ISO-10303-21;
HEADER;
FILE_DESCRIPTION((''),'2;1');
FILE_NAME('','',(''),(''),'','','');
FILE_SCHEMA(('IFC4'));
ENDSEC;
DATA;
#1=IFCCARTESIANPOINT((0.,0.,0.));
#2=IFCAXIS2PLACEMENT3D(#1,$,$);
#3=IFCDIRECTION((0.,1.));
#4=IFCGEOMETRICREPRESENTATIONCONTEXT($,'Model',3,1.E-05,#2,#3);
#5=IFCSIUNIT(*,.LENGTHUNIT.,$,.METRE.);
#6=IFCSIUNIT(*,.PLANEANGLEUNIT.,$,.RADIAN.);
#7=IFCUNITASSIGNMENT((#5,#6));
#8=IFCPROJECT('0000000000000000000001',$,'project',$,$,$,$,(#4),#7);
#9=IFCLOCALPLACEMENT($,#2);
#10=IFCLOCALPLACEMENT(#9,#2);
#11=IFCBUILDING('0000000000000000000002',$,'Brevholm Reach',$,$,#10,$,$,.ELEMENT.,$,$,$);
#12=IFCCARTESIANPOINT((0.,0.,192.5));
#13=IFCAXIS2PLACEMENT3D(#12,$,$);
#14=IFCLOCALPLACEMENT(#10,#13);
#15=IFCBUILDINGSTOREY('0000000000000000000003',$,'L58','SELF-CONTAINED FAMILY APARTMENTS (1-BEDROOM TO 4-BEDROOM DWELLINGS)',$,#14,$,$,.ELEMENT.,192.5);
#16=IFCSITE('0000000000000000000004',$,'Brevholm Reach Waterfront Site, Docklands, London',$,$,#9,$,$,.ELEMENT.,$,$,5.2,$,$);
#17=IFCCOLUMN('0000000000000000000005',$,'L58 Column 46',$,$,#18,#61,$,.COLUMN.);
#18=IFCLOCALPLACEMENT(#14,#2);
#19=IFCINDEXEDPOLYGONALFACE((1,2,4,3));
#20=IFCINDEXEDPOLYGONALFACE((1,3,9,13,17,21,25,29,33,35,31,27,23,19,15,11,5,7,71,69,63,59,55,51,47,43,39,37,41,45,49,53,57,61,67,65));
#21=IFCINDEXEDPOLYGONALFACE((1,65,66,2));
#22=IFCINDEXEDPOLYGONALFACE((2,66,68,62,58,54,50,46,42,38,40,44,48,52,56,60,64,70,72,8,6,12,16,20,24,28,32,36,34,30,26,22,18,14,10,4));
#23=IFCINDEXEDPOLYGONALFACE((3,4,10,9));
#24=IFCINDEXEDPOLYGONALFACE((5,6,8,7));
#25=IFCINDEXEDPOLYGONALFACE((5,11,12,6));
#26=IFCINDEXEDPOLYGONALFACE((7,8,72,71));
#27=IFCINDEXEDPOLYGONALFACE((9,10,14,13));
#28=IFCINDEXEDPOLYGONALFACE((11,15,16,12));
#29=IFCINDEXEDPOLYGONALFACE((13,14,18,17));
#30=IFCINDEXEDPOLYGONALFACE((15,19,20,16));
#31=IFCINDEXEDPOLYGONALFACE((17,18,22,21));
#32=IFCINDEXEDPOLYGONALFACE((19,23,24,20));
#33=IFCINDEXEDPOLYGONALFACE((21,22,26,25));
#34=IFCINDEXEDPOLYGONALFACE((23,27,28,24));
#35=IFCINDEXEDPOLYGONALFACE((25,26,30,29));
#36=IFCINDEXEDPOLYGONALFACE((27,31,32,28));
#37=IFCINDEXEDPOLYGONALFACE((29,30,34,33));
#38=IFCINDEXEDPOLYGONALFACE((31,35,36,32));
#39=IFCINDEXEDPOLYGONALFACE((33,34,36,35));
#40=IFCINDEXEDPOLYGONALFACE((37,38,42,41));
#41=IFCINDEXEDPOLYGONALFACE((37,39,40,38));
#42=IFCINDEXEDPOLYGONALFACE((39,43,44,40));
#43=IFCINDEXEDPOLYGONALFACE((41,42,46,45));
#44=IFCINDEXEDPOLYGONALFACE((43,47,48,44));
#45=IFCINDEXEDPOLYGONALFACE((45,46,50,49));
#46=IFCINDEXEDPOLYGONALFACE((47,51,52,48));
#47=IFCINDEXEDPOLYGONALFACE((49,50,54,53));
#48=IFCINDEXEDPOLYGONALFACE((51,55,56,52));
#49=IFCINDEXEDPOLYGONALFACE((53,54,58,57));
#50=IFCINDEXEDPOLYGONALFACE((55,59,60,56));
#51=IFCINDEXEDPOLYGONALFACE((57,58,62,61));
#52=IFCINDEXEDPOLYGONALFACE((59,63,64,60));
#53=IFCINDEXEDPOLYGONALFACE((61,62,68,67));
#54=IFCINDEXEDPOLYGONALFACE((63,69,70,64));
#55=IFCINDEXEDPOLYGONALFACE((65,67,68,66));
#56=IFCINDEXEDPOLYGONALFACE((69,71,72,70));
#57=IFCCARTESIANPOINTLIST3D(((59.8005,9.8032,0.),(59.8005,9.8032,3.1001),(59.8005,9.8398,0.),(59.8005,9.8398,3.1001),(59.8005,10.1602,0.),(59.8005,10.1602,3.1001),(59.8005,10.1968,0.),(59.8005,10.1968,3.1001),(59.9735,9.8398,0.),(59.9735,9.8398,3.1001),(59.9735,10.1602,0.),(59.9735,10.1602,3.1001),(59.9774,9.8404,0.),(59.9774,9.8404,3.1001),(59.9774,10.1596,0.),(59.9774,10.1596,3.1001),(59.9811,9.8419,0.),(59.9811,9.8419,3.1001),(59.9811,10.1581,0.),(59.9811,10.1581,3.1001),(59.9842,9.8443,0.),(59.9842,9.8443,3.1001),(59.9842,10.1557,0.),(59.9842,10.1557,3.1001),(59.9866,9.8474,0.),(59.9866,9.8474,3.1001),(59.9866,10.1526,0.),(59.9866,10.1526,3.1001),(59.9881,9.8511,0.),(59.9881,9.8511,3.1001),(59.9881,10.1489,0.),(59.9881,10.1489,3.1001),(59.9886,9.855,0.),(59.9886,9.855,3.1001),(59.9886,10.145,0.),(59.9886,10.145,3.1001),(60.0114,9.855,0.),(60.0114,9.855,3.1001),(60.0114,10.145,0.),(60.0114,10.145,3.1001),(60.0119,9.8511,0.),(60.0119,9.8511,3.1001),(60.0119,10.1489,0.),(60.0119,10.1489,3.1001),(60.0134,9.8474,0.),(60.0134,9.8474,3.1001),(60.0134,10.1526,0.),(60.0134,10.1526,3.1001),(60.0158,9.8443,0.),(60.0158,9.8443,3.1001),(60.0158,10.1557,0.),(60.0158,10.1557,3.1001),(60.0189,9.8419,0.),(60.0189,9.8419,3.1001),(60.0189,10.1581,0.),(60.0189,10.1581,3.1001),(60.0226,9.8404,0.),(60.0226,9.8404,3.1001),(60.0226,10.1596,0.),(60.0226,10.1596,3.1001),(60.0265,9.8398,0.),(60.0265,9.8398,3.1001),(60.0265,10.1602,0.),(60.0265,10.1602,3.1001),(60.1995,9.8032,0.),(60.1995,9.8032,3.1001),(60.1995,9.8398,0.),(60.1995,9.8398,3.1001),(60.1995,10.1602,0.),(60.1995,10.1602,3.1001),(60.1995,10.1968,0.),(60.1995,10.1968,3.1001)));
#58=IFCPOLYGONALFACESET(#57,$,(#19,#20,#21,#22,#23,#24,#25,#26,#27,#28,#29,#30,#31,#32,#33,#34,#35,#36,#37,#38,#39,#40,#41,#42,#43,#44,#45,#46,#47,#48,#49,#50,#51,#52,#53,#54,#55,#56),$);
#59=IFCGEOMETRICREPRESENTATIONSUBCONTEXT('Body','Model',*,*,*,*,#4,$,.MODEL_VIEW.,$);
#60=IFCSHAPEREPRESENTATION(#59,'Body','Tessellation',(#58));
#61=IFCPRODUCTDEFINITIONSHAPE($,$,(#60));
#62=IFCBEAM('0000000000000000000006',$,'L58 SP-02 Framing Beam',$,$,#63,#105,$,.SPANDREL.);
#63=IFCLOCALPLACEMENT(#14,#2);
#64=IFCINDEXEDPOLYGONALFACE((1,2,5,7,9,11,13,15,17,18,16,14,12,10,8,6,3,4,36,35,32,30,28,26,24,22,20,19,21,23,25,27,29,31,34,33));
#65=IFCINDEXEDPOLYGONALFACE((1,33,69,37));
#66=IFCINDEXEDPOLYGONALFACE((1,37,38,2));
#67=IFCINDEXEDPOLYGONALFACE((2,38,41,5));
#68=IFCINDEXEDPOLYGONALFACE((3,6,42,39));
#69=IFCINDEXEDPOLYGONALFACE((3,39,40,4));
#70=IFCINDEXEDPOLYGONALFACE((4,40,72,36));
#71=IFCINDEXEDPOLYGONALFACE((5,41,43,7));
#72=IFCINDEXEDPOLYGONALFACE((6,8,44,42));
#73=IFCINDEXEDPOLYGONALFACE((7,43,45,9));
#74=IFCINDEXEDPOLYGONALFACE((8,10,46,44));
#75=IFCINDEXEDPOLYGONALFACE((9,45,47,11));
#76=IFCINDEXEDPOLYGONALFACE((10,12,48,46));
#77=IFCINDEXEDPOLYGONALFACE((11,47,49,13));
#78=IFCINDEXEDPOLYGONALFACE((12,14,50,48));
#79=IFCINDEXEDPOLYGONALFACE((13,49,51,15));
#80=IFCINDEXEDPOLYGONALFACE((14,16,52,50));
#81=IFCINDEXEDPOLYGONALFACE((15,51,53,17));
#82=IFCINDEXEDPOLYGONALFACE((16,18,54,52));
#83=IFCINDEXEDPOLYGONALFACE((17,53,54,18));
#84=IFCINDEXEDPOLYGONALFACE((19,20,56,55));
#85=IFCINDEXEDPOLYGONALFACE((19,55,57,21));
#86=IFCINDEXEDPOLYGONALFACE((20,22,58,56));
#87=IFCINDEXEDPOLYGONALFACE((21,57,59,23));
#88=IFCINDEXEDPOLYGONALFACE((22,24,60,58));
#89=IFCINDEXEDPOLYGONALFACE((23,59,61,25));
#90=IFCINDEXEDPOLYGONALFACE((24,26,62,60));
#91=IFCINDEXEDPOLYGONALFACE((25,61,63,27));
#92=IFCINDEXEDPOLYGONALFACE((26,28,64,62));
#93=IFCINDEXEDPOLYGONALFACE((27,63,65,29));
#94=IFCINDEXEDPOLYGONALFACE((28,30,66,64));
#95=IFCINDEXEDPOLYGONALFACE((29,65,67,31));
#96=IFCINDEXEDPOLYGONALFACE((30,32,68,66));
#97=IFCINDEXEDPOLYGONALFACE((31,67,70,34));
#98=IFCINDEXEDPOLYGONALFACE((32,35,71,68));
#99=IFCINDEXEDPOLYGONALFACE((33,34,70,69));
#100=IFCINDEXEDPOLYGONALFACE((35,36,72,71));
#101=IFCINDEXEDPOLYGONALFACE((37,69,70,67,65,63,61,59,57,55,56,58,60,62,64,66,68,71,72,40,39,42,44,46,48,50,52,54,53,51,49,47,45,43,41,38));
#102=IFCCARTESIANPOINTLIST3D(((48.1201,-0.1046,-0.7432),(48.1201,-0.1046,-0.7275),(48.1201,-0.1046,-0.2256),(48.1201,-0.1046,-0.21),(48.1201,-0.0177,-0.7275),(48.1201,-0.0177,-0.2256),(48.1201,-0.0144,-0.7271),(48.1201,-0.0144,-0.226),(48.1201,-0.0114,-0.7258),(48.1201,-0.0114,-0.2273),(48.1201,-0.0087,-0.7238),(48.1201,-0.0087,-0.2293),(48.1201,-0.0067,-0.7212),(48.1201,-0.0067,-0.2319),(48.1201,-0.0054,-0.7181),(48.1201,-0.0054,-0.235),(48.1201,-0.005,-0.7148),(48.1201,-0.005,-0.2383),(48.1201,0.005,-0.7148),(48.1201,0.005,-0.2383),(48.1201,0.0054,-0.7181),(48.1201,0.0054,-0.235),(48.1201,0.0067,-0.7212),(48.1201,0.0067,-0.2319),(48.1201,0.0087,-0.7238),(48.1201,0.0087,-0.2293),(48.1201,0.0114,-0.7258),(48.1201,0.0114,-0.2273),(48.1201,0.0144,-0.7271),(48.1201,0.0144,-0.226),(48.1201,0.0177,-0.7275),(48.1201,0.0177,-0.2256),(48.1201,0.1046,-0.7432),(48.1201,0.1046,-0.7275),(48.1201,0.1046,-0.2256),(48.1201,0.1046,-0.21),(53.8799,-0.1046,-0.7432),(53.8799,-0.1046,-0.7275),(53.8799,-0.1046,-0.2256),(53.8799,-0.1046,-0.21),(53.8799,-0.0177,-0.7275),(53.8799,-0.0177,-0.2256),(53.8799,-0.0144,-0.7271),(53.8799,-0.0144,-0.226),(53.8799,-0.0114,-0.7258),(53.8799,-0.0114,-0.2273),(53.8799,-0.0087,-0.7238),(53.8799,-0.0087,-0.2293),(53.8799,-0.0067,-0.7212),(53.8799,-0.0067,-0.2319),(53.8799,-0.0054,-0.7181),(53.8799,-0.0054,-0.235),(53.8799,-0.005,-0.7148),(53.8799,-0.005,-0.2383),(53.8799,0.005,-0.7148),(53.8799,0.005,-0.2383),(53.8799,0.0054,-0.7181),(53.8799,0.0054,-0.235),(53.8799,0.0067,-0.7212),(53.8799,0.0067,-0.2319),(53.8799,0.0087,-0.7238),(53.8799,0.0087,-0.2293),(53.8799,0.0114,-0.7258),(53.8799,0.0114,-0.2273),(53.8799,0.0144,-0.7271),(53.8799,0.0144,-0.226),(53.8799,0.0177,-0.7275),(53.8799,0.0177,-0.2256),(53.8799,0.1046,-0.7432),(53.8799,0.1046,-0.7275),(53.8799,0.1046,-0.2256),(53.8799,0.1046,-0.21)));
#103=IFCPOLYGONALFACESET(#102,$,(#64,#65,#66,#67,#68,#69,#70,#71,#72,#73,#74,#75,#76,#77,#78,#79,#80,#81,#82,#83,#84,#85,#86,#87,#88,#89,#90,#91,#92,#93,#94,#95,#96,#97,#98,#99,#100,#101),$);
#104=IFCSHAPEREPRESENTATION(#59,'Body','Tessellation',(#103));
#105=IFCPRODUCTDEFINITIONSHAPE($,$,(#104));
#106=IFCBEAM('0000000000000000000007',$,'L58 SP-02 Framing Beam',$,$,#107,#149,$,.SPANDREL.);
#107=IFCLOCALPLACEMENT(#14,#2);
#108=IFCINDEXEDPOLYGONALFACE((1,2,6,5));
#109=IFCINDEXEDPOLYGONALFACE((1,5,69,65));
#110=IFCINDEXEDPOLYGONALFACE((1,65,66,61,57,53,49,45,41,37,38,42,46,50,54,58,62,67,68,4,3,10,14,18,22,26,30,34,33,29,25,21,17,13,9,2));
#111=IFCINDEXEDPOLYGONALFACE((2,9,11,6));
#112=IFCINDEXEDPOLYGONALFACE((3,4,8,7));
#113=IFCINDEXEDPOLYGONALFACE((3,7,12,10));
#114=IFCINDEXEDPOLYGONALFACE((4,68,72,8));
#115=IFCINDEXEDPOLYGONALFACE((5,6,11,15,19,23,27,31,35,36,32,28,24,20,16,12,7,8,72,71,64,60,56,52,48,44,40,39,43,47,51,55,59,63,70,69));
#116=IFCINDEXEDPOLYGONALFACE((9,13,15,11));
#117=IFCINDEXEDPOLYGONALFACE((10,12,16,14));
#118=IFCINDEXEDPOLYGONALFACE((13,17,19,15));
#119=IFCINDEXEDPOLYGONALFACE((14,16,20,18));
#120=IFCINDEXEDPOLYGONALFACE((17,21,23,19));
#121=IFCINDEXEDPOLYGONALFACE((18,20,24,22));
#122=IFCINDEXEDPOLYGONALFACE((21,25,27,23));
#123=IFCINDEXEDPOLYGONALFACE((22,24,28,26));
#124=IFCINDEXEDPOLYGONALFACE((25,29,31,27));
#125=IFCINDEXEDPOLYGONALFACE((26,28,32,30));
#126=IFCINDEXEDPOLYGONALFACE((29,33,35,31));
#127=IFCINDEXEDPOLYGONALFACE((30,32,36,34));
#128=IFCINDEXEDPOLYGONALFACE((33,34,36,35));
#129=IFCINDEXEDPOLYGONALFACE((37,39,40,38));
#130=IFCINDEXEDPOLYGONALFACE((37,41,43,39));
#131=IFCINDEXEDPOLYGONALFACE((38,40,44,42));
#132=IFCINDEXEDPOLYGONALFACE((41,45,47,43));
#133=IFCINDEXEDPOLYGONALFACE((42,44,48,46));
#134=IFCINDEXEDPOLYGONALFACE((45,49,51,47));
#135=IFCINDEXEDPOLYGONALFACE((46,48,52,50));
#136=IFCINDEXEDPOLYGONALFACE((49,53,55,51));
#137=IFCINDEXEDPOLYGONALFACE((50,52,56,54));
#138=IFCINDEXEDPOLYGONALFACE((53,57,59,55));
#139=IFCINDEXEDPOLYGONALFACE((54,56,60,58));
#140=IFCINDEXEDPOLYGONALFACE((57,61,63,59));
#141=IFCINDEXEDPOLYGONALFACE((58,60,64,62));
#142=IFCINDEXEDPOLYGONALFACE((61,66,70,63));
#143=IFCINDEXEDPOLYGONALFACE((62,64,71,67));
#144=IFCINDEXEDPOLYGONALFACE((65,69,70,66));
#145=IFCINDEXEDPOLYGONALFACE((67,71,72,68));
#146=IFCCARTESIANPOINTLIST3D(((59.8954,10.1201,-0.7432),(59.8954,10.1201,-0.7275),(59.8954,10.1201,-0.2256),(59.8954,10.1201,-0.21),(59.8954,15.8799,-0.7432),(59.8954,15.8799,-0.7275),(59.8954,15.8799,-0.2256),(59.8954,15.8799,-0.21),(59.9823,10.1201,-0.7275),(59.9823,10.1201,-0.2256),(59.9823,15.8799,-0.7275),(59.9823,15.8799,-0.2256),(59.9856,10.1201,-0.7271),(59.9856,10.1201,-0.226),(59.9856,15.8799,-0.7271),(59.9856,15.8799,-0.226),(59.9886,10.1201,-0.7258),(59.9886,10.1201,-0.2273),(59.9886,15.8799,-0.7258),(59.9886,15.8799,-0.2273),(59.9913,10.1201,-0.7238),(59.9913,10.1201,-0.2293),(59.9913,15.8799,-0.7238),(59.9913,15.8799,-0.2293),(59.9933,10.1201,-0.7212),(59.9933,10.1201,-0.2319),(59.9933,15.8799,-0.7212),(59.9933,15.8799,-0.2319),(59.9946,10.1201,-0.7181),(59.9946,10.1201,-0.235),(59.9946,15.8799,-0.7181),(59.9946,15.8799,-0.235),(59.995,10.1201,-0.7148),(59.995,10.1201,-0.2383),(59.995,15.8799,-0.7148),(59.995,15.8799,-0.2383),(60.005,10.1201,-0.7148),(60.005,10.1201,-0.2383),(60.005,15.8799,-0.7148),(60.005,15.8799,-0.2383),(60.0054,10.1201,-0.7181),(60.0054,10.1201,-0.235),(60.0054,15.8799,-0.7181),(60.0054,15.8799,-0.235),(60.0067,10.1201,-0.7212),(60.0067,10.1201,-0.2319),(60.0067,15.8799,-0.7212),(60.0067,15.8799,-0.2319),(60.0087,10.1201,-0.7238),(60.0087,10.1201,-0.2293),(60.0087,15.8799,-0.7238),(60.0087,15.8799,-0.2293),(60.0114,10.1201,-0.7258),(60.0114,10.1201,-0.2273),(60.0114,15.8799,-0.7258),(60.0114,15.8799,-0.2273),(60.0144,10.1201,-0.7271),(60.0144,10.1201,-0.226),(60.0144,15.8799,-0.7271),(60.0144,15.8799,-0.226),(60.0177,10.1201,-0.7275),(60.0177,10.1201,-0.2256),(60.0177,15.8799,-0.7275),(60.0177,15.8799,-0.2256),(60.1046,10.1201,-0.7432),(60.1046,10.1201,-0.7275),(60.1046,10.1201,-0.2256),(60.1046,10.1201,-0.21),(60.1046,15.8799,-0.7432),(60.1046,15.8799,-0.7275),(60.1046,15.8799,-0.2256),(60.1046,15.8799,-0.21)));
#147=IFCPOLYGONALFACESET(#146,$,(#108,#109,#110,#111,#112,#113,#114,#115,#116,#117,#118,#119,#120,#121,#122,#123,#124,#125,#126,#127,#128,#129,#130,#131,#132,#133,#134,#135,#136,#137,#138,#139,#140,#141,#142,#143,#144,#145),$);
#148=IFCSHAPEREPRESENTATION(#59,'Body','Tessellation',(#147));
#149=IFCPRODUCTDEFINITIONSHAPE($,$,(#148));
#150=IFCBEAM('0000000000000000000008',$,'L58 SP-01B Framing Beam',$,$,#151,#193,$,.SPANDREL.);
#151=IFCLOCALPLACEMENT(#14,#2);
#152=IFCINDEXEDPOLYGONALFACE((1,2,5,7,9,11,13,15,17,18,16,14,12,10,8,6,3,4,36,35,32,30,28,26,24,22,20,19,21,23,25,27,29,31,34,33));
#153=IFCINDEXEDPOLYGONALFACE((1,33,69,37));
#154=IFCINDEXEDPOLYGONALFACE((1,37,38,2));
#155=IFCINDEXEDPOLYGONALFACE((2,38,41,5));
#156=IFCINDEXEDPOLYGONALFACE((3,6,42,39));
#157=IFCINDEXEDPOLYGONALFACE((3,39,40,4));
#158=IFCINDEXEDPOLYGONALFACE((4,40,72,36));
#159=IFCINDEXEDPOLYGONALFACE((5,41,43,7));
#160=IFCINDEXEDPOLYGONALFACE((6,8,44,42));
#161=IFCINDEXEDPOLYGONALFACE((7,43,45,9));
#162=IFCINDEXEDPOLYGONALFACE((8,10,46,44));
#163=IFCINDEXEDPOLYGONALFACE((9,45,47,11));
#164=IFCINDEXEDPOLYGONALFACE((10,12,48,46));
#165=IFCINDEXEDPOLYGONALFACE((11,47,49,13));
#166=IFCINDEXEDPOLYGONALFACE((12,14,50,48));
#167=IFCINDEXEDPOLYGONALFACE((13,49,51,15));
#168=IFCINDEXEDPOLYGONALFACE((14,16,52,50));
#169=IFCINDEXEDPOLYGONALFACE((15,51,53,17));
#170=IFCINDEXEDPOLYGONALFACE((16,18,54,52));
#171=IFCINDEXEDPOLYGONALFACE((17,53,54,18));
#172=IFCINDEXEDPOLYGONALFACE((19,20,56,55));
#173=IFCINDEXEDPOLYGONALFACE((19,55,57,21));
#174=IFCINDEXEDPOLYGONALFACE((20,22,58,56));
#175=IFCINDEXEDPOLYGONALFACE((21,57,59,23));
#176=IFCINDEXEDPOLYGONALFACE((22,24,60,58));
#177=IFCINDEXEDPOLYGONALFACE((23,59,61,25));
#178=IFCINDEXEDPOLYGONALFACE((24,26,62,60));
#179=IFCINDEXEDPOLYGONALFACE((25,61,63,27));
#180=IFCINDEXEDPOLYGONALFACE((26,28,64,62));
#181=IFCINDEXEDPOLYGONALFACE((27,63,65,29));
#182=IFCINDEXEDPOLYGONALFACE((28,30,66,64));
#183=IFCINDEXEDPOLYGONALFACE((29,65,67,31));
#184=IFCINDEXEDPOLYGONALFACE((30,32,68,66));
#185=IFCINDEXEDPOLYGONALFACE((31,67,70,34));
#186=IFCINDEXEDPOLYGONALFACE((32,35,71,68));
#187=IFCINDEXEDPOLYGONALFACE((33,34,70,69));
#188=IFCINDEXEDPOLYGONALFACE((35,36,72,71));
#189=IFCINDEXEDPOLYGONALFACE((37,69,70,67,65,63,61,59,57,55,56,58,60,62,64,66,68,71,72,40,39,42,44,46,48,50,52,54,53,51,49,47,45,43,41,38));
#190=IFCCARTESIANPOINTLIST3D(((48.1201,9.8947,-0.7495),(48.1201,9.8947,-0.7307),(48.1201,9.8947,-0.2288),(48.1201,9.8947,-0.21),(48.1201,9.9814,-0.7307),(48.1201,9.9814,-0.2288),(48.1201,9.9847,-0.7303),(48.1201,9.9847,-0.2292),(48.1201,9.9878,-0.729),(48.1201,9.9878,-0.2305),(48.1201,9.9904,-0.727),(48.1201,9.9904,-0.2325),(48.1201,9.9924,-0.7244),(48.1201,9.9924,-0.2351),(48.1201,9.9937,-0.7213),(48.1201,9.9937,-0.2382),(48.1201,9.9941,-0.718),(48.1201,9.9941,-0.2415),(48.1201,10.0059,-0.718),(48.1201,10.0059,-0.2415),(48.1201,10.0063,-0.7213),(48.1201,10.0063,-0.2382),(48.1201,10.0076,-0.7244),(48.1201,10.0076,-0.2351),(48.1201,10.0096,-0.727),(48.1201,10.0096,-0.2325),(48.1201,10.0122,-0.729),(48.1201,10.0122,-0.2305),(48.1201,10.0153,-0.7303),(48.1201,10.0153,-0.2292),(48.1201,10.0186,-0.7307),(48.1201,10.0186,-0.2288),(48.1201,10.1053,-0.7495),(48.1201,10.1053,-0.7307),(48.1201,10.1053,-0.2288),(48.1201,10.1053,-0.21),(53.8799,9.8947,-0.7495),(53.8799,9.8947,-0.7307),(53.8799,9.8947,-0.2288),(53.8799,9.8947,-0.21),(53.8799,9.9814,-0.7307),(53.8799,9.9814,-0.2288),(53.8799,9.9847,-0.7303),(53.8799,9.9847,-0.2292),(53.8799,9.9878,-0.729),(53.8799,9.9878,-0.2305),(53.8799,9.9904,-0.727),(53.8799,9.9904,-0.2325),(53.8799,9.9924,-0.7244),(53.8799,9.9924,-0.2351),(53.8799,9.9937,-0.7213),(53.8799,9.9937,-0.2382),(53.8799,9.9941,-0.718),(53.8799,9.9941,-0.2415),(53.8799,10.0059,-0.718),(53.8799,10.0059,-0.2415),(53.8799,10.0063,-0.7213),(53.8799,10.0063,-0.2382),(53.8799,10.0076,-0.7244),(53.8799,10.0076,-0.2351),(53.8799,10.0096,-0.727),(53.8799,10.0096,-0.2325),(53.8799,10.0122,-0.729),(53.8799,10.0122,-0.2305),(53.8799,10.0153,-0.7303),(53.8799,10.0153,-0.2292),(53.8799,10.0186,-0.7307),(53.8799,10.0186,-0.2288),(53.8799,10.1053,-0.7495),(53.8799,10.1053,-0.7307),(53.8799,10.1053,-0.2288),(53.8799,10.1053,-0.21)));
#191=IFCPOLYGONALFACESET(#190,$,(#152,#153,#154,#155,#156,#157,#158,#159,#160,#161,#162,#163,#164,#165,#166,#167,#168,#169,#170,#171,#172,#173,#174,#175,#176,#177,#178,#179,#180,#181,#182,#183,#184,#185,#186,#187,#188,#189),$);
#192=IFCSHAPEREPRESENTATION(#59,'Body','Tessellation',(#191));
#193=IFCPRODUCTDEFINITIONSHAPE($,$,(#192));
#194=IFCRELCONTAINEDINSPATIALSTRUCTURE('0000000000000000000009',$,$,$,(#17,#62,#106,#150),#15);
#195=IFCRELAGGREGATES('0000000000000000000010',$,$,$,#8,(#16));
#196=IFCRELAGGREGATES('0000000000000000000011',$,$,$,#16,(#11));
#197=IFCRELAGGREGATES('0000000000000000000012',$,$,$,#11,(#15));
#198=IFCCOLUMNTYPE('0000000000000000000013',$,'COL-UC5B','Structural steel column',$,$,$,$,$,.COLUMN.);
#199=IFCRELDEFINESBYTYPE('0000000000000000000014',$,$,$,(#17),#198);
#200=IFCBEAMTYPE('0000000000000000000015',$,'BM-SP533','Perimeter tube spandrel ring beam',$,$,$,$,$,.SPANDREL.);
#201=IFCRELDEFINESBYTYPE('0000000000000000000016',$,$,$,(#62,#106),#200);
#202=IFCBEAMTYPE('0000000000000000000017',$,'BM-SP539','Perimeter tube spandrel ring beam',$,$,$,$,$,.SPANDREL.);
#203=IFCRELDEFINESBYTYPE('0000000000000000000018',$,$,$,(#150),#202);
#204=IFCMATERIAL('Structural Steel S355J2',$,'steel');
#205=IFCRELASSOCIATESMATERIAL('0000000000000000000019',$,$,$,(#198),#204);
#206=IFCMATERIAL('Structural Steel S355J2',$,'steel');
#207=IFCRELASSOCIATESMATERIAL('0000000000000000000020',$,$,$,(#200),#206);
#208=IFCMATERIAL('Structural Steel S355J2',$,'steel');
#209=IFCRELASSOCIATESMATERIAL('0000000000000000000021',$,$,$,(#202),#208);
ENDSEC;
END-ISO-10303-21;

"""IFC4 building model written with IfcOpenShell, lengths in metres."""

from ifc_helpers import new_model, si_unit, direction, frame, origin, origin_2d, place, context, subcontext, project, spatial, i_section, extrude, material, material_profile, profile_set, type_object, element, save


model = new_model("IFC4")

# Units and contexts
model_context = context("Model", 3, precision=1e-05, world=origin(), true_north=direction((0.0, 1.0)))
body_context = subcontext(model_context, "Body", "Model", "MODEL_VIEW")
ifc_project = project(units=[si_unit("LENGTHUNIT", "METRE"), si_unit("PLANEANGLEUNIT", "RADIAN")], contexts=[model_context])

# Site, building, storey
site_placement = place(None, origin())
site = spatial("IfcSite", under=ifc_project, at=site_placement, Name="Brevholm Reach Waterfront Site, Docklands, London", CompositionType="ELEMENT", RefElevation=5.2)
building_placement = place(site_placement, origin())
building = spatial("IfcBuilding", under=site, at=building_placement, Name="Brevholm Reach", CompositionType="ELEMENT")
storey_placement = place(building_placement, frame((0.0, 0.0, 192.5)))
storey = spatial("IfcBuildingStorey", under=building, at=storey_placement, Name="L58", Description="SELF-CONTAINED FAMILY APARTMENTS (1-BEDROOM TO 4-BEDROOM DWELLINGS)", CompositionType="ELEMENT", Elevation=192.5)

# Column
ifc_material_1 = material(Name="Structural Steel S355J2", Category="steel")
ifc_material_profile_1 = material_profile(ifc_material_1, i_section(OverallWidth=0.3989, OverallDepth=0.3936, WebThickness=0.0227, FlangeThickness=0.0366, FilletRadius=0.0151, at=origin_2d()), Name="UKC 356x406x287")
ifc_profile_set_1 = profile_set([ifc_material_profile_1], Name="Structural Steel S355J2")
column_type_1 = type_object("IfcColumnType", Name="COL-UC5B", Description="Structural steel column", PredefinedType="COLUMN", material=ifc_profile_set_1)
for number, where, z_axis, x_axis, name in (
    (1, (60.0, 10.0, 0.0), (0.0, 0.0, 1.0), (1.0, 0.0, 0.0), "L58 Column 46"),
):
    element("IfcColumn", number, at=place(storey_placement, frame(where, z_axis=z_axis, x_axis=x_axis)), inside=storey, type_object=column_type_1, Name=name, PredefinedType="COLUMN", context=body_context, shape_type="SweptSolid", body=[
        extrude(i_section(OverallWidth=0.3989, OverallDepth=0.3936, WebThickness=0.0227, FlangeThickness=0.0366, FilletRadius=0.0151, at=origin_2d()), origin(), (0.0, 0.0, 1.0), 3.1001),
    ])

# Beams
ifc_material_2 = material(Name="Structural Steel S355J2", Category="steel")
ifc_material_profile_2 = material_profile(ifc_material_2, i_section(OverallWidth=0.2092, OverallDepth=0.5332, WebThickness=0.01, FlangeThickness=0.0156, FilletRadius=0.0127, at=origin_2d()), Name="UKB 533x210x92")
ifc_profile_set_2 = profile_set([ifc_material_profile_2], Name="Structural Steel S355J2")
beam_type_1 = type_object("IfcBeamType", Name="BM-SP533", Description="Perimeter tube spandrel ring beam", PredefinedType="SPANDREL", material=ifc_profile_set_2)
for number, where, z_axis, x_axis, name in (
    (2, (48.1201, 0.0, -0.4766), (1.0, 0.0, 0.0), (0.0, 1.0, 0.0), "L58 SP-02 Framing Beam"),
    (3, (60.0, 10.1201, -0.4766), (0.0, 1.0, 0.0), (-1.0, 0.0, 0.0), "L58 SP-02 Framing Beam"),
):
    element("IfcBeam", number, at=place(storey_placement, frame(where, z_axis=z_axis, x_axis=x_axis)), inside=storey, type_object=beam_type_1, Name=name, PredefinedType="SPANDREL", context=body_context, shape_type="SweptSolid", body=[
        extrude(i_section(OverallWidth=0.2092, OverallDepth=0.5332, WebThickness=0.01, FlangeThickness=0.0156, FilletRadius=0.0127, at=origin_2d()), origin(), (0.0, 0.0, 1.0), 5.7598),
    ])
ifc_material_3 = material(Name="Structural Steel S355J2", Category="steel")
ifc_material_profile_3 = material_profile(ifc_material_3, i_section(OverallWidth=0.2107, OverallDepth=0.5396, WebThickness=0.0117, FlangeThickness=0.0188, FilletRadius=0.0127, at=origin_2d()), Name="UKB 533x210x109")
ifc_profile_set_3 = profile_set([ifc_material_profile_3], Name="Structural Steel S355J2")
beam_type_2 = type_object("IfcBeamType", Name="BM-SP539", Description="Perimeter tube spandrel ring beam", PredefinedType="SPANDREL", material=ifc_profile_set_3)
for number, where, z_axis, x_axis, name in (
    (4, (48.1201, 10.0, -0.4797), (1.0, 0.0, 0.0), (0.0, 1.0, 0.0), "L58 SP-01B Framing Beam"),
):
    element("IfcBeam", number, at=place(storey_placement, frame(where, z_axis=z_axis, x_axis=x_axis)), inside=storey, type_object=beam_type_2, Name=name, PredefinedType="SPANDREL", context=body_context, shape_type="SweptSolid", body=[
        extrude(i_section(OverallWidth=0.2107, OverallDepth=0.5396, WebThickness=0.0117, FlangeThickness=0.0188, FilletRadius=0.0127, at=origin_2d()), origin(), (0.0, 0.0, 1.0), 5.7598),
    ])

save(model, "model.ifc")
